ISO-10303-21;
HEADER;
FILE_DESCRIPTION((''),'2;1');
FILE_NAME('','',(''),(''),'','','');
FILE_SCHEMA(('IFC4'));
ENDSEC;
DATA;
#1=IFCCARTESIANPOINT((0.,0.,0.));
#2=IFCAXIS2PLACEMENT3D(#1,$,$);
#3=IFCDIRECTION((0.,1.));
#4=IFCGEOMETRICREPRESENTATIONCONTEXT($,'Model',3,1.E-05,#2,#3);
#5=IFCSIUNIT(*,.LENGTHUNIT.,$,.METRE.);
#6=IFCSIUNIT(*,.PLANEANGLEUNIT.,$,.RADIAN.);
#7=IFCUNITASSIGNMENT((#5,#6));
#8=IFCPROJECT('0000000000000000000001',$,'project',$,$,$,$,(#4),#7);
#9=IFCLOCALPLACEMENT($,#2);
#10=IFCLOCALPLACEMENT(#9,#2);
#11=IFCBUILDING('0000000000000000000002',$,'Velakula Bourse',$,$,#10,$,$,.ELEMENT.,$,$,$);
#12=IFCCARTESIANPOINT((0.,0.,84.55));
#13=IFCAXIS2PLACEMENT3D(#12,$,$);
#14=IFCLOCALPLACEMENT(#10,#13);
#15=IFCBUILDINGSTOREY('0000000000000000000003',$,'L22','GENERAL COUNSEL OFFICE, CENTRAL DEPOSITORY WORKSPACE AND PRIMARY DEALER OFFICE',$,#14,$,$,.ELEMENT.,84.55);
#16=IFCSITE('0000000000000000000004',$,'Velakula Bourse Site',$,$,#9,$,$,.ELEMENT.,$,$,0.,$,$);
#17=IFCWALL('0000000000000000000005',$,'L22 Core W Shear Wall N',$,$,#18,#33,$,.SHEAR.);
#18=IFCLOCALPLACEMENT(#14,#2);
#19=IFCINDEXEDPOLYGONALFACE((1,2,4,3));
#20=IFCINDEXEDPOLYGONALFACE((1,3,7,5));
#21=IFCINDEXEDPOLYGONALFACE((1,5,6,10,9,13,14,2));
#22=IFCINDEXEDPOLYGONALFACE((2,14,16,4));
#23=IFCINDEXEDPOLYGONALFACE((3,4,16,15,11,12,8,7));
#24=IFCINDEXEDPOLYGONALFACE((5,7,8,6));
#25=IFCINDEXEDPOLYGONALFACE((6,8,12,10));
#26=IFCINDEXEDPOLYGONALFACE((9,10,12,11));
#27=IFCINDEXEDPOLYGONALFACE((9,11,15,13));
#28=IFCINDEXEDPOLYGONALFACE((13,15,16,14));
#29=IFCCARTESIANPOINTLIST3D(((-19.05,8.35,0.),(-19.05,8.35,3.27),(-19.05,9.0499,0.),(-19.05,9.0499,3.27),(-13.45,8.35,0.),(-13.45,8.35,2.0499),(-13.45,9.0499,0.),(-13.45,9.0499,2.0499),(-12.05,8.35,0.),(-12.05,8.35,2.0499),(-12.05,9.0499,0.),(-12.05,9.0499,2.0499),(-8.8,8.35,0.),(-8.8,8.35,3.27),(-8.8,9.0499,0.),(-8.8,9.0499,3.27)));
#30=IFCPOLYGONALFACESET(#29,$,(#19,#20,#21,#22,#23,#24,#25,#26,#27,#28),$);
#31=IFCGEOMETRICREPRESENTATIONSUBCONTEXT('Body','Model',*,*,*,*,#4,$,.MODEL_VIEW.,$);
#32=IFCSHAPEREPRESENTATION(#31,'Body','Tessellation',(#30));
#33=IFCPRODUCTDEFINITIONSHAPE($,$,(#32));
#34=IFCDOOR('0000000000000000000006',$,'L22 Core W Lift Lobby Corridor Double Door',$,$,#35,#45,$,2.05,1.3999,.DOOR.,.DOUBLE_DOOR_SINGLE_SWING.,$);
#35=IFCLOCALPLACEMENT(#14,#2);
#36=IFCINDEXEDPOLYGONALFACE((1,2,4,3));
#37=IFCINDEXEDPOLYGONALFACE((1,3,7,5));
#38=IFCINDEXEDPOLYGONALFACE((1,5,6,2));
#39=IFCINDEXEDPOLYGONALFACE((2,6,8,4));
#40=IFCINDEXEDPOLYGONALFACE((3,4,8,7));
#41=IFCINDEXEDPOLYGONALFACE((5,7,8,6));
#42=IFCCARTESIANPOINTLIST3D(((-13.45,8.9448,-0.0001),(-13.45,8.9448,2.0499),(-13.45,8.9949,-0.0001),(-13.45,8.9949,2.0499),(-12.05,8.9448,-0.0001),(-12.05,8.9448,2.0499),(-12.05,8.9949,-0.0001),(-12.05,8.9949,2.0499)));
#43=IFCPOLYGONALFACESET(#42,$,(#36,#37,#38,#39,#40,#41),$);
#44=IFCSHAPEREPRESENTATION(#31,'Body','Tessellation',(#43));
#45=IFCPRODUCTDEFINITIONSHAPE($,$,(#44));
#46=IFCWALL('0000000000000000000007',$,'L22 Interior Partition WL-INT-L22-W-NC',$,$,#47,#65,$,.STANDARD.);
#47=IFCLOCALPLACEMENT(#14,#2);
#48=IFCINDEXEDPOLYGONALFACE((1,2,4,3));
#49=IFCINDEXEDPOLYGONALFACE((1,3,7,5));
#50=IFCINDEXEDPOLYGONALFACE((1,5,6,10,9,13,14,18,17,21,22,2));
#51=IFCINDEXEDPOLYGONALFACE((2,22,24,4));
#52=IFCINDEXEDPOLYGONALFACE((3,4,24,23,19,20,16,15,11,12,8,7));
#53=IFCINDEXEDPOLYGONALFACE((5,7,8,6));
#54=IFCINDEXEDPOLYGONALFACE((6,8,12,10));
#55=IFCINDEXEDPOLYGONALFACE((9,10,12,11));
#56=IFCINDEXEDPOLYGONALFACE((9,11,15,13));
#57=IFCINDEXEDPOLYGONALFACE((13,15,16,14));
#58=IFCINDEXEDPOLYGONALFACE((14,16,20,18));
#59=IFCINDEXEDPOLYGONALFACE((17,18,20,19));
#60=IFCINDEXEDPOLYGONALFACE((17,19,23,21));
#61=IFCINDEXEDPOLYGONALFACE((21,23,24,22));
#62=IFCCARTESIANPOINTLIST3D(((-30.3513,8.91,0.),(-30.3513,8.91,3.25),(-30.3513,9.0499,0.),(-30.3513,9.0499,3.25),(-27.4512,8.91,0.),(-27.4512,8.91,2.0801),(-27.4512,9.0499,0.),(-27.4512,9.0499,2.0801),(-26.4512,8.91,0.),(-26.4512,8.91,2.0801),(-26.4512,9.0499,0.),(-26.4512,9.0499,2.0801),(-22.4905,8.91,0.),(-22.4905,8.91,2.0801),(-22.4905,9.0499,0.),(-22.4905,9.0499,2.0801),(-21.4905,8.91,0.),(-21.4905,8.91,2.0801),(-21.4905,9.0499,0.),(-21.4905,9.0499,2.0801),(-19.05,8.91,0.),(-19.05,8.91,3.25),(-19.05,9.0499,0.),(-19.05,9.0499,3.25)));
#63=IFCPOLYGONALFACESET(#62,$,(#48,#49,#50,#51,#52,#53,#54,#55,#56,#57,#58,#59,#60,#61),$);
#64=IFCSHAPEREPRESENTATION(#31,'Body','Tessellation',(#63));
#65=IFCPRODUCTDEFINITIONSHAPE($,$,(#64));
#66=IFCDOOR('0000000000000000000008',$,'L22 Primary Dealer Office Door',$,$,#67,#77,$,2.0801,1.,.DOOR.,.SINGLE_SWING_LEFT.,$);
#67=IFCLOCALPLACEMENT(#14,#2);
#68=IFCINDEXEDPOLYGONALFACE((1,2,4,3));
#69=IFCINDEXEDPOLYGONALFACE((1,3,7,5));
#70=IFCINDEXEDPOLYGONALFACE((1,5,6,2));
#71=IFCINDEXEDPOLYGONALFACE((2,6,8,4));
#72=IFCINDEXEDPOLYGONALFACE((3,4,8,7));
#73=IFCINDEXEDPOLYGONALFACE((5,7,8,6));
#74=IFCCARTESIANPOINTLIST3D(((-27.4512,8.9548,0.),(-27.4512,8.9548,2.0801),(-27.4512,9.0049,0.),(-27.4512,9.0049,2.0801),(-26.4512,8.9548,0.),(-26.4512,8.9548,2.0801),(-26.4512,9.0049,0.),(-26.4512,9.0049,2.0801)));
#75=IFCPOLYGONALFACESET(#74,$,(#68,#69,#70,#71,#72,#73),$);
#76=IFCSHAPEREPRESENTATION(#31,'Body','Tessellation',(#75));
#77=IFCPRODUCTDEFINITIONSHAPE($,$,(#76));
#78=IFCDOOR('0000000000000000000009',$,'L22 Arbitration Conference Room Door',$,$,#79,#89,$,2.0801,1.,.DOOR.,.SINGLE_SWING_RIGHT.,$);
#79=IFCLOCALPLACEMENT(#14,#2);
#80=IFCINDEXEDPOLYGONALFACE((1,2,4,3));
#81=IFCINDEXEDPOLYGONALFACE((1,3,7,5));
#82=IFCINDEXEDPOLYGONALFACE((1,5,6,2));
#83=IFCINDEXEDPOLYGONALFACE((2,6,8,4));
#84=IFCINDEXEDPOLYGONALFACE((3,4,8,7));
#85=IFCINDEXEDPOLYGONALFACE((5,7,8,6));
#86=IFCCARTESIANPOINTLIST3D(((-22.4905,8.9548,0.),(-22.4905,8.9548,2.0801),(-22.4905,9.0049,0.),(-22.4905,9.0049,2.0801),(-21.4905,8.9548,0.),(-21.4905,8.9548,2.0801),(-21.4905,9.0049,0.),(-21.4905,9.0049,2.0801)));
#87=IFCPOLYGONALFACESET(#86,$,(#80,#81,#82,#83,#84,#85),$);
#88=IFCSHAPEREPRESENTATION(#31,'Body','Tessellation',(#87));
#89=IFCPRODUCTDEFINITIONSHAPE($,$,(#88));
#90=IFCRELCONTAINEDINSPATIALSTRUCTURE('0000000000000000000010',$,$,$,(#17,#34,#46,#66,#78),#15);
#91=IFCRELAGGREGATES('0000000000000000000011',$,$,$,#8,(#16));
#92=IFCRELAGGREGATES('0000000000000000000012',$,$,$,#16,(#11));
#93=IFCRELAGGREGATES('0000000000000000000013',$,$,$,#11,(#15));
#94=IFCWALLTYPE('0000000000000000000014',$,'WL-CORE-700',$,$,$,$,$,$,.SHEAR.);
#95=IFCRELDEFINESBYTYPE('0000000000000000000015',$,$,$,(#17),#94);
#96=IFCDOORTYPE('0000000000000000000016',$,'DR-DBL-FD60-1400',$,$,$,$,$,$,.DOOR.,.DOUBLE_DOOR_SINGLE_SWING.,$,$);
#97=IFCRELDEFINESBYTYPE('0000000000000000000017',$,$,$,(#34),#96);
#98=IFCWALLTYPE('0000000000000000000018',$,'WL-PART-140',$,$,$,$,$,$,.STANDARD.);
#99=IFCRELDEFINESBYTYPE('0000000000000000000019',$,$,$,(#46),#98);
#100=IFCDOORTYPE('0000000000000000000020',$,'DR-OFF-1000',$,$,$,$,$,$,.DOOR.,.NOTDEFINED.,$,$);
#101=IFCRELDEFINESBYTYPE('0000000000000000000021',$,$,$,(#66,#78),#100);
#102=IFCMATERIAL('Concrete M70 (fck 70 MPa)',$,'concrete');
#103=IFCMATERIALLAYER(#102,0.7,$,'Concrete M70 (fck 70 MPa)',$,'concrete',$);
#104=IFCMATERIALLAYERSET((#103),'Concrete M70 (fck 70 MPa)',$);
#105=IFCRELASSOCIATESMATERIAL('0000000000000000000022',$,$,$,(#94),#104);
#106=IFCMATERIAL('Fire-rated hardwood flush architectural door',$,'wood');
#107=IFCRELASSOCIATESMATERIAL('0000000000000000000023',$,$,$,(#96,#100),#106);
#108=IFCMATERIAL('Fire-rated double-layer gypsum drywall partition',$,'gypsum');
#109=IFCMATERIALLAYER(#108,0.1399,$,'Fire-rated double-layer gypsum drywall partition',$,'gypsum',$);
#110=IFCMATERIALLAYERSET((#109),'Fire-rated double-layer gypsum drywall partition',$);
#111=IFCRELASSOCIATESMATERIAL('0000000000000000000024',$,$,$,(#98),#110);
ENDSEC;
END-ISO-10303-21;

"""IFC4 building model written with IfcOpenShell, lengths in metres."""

from ifc_helpers import new_model, si_unit, direction, frame, frame_2d, origin, place, context, subcontext, project, spatial, rectangle, extrude, material, layer, layer_set, type_object, element, fill, save


model = new_model("IFC4")

# Units and contexts
model_context = context("Model", 3, precision=1e-05, world=origin(), true_north=direction((0.0, 1.0)))
body_context = subcontext(model_context, "Body", "Model", "MODEL_VIEW")
ifc_project = project(units=[si_unit("LENGTHUNIT", "METRE"), si_unit("PLANEANGLEUNIT", "RADIAN")], contexts=[model_context])

# Site, building, storey
site_placement = place(None, origin())
site = spatial("IfcSite", under=ifc_project, at=site_placement, Name="Velakula Bourse Site", CompositionType="ELEMENT", RefElevation=0.0)
building_placement = place(site_placement, origin())
building = spatial("IfcBuilding", under=site, at=building_placement, Name="Velakula Bourse", CompositionType="ELEMENT")
storey_placement = place(building_placement, frame((0.0, 0.0, 84.55)))
storey = spatial("IfcBuildingStorey", under=building, at=storey_placement, Name="L22", Description="GENERAL COUNSEL OFFICE, CENTRAL DEPOSITORY WORKSPACE AND PRIMARY DEALER OFFICE", CompositionType="ELEMENT", Elevation=84.55)

# Shared definitions
ifc_material_1 = material(Name="Concrete M70 (fck 70 MPa)", Category="concrete")

# Wall, opening, door
ifc_layer_1 = layer(ifc_material_1, 0.7, Name="Concrete M70 (fck 70 MPa)", Category="concrete")
ifc_layer_set_1 = layer_set([ifc_layer_1], Name="Concrete M70 (fck 70 MPa)")
wall_type_1 = type_object("IfcWallType", Name="WL-CORE-700", PredefinedType="SHEAR", material=ifc_layer_set_1)
wall_1_placement = place(storey_placement, frame((-19.05, 8.7, 0.0), z_axis=(0.0, 0.0, 1.0), x_axis=(1.0, 0.0, 0.0)))
wall_1 = element("IfcWall", 1, at=wall_1_placement, inside=storey, type_object=wall_type_1, Name="L22 Core W Shear Wall N", PredefinedType="SHEAR", context=body_context, shape_type="SweptSolid", body=[
    extrude(rectangle(XDim=10.25, YDim=0.7, at=frame_2d((5.125, 0.0))), origin(), (0.0, 0.0, 1.0), 3.27),
])
opening_1_placement = place(wall_1_placement, frame((5.6001, 0.0, 0.0)))
opening_1 = element("IfcOpeningElement", 2, at=opening_1_placement, cuts=wall_1, PredefinedType="OPENING", context=body_context, shape_type="SweptSolid", body=[
    extrude(rectangle(XDim=1.3999, YDim=2.05, at=frame_2d((0.7, 1.0249))), frame((0.0, 0.3599, 0.0), z_axis=(0.0, -1.0, 0.0), x_axis=(1.0, 0.0, 0.0)), (0.0, 0.0, 1.0), 0.72),
])
ifc_material_2 = material(Name="Fire-rated hardwood flush architectural door", Category="wood")
door_type_1 = type_object("IfcDoorType", Name="DR-DBL-FD60-1400", OperationType="DOUBLE_DOOR_SINGLE_SWING", PredefinedType="DOOR", material=ifc_material_2)
door_1_placement = place(opening_1_placement, origin())
door_1 = element("IfcDoor", 3, at=door_1_placement, inside=storey, type_object=door_type_1, Name="L22 Core W Lift Lobby Corridor Double Door", OperationType="DOUBLE_DOOR_SINGLE_SWING", OverallHeight=2.05, OverallWidth=1.3999, PredefinedType="DOOR", context=body_context, shape_type="SweptSolid", body=[
    extrude(rectangle(XDim=1.3999, YDim=2.05, at=frame_2d((0.7, 1.0249))), frame((0.0, 0.2949, 0.0), z_axis=(0.0, -1.0, 0.0), x_axis=(1.0, 0.0, 0.0)), (0.0, 0.0, 1.0), 0.05),
])
fill(opening_1, door_1)

# Wall, openings, doors
ifc_material_3 = material(Name="Fire-rated double-layer gypsum drywall partition", Category="gypsum")
ifc_layer_2 = layer(ifc_material_3, 0.1399, Name="Fire-rated double-layer gypsum drywall partition", Category="gypsum")
ifc_layer_set_2 = layer_set([ifc_layer_2], Name="Fire-rated double-layer gypsum drywall partition")
wall_type_2 = type_object("IfcWallType", Name="WL-PART-140", PredefinedType="STANDARD", material=ifc_layer_set_2)
wall_2_placement = place(storey_placement, frame((-30.3513, 8.98, 0.0), z_axis=(0.0, 0.0, 1.0), x_axis=(1.0, 0.0, 0.0)))
wall_2 = element("IfcWall", 4, at=wall_2_placement, inside=storey, type_object=wall_type_2, Name="L22 Interior Partition WL-INT-L22-W-NC", PredefinedType="STANDARD", context=body_context, shape_type="SweptSolid", body=[
    extrude(rectangle(XDim=11.3013, YDim=0.1399, at=frame_2d((5.6506, 0.0))), origin(), (0.0, 0.0, 1.0), 3.25),
])
opening_2_placement = place(wall_2_placement, frame((2.9001, 0.0, 0.0)))
opening_2 = element("IfcOpeningElement", 5, at=opening_2_placement, cuts=wall_2, PredefinedType="OPENING", context=body_context, shape_type="SweptSolid", body=[
    extrude(rectangle(XDim=1.0, YDim=2.0801, at=frame_2d((0.5, 1.04))), frame((0.0, 0.0798, 0.0), z_axis=(0.0, -1.0, 0.0), x_axis=(1.0, 0.0, 0.0)), (0.0, 0.0, 1.0), 0.1599),
])
opening_3_placement = place(wall_2_placement, frame((7.8608, 0.0, 0.0)))
opening_3 = element("IfcOpeningElement", 6, at=opening_3_placement, cuts=wall_2, PredefinedType="OPENING", context=body_context, shape_type="SweptSolid", body=[
    extrude(rectangle(XDim=1.0, YDim=2.0801, at=frame_2d((0.5, 1.04))), frame((0.0, 0.0798, 0.0), z_axis=(0.0, -1.0, 0.0), x_axis=(1.0, 0.0, 0.0)), (0.0, 0.0, 1.0), 0.1599),
])
door_type_2 = type_object("IfcDoorType", Name="DR-OFF-1000", OperationType="NOTDEFINED", PredefinedType="DOOR", material=ifc_material_2)
door_2_placement = place(opening_2_placement, origin())
door_2 = element("IfcDoor", 7, at=door_2_placement, inside=storey, type_object=door_type_2, Name="L22 Primary Dealer Office Door", OperationType="SINGLE_SWING_LEFT", OverallHeight=2.0801, OverallWidth=1.0, PredefinedType="DOOR", context=body_context, shape_type="SweptSolid", body=[
    extrude(rectangle(XDim=1.0, YDim=2.0801, at=frame_2d((0.5, 1.04))), frame((0.0, 0.0249, 0.0), z_axis=(0.0, -1.0, 0.0), x_axis=(1.0, 0.0, 0.0)), (0.0, 0.0, 1.0), 0.05),
])
fill(opening_2, door_2)
door_3_placement = place(opening_3_placement, origin())
door_3 = element("IfcDoor", 8, at=door_3_placement, inside=storey, type_object=door_type_2, Name="L22 Arbitration Conference Room Door", OperationType="SINGLE_SWING_RIGHT", OverallHeight=2.0801, OverallWidth=1.0, PredefinedType="DOOR", context=body_context, shape_type="SweptSolid", body=[
    extrude(rectangle(XDim=1.0, YDim=2.0801, at=frame_2d((0.5, 1.04))), frame((0.0, 0.0249, 0.0), z_axis=(0.0, -1.0, 0.0), x_axis=(1.0, 0.0, 0.0)), (0.0, 0.0, 1.0), 0.05),
])
fill(opening_3, door_3)

save(model, "model.ifc")
